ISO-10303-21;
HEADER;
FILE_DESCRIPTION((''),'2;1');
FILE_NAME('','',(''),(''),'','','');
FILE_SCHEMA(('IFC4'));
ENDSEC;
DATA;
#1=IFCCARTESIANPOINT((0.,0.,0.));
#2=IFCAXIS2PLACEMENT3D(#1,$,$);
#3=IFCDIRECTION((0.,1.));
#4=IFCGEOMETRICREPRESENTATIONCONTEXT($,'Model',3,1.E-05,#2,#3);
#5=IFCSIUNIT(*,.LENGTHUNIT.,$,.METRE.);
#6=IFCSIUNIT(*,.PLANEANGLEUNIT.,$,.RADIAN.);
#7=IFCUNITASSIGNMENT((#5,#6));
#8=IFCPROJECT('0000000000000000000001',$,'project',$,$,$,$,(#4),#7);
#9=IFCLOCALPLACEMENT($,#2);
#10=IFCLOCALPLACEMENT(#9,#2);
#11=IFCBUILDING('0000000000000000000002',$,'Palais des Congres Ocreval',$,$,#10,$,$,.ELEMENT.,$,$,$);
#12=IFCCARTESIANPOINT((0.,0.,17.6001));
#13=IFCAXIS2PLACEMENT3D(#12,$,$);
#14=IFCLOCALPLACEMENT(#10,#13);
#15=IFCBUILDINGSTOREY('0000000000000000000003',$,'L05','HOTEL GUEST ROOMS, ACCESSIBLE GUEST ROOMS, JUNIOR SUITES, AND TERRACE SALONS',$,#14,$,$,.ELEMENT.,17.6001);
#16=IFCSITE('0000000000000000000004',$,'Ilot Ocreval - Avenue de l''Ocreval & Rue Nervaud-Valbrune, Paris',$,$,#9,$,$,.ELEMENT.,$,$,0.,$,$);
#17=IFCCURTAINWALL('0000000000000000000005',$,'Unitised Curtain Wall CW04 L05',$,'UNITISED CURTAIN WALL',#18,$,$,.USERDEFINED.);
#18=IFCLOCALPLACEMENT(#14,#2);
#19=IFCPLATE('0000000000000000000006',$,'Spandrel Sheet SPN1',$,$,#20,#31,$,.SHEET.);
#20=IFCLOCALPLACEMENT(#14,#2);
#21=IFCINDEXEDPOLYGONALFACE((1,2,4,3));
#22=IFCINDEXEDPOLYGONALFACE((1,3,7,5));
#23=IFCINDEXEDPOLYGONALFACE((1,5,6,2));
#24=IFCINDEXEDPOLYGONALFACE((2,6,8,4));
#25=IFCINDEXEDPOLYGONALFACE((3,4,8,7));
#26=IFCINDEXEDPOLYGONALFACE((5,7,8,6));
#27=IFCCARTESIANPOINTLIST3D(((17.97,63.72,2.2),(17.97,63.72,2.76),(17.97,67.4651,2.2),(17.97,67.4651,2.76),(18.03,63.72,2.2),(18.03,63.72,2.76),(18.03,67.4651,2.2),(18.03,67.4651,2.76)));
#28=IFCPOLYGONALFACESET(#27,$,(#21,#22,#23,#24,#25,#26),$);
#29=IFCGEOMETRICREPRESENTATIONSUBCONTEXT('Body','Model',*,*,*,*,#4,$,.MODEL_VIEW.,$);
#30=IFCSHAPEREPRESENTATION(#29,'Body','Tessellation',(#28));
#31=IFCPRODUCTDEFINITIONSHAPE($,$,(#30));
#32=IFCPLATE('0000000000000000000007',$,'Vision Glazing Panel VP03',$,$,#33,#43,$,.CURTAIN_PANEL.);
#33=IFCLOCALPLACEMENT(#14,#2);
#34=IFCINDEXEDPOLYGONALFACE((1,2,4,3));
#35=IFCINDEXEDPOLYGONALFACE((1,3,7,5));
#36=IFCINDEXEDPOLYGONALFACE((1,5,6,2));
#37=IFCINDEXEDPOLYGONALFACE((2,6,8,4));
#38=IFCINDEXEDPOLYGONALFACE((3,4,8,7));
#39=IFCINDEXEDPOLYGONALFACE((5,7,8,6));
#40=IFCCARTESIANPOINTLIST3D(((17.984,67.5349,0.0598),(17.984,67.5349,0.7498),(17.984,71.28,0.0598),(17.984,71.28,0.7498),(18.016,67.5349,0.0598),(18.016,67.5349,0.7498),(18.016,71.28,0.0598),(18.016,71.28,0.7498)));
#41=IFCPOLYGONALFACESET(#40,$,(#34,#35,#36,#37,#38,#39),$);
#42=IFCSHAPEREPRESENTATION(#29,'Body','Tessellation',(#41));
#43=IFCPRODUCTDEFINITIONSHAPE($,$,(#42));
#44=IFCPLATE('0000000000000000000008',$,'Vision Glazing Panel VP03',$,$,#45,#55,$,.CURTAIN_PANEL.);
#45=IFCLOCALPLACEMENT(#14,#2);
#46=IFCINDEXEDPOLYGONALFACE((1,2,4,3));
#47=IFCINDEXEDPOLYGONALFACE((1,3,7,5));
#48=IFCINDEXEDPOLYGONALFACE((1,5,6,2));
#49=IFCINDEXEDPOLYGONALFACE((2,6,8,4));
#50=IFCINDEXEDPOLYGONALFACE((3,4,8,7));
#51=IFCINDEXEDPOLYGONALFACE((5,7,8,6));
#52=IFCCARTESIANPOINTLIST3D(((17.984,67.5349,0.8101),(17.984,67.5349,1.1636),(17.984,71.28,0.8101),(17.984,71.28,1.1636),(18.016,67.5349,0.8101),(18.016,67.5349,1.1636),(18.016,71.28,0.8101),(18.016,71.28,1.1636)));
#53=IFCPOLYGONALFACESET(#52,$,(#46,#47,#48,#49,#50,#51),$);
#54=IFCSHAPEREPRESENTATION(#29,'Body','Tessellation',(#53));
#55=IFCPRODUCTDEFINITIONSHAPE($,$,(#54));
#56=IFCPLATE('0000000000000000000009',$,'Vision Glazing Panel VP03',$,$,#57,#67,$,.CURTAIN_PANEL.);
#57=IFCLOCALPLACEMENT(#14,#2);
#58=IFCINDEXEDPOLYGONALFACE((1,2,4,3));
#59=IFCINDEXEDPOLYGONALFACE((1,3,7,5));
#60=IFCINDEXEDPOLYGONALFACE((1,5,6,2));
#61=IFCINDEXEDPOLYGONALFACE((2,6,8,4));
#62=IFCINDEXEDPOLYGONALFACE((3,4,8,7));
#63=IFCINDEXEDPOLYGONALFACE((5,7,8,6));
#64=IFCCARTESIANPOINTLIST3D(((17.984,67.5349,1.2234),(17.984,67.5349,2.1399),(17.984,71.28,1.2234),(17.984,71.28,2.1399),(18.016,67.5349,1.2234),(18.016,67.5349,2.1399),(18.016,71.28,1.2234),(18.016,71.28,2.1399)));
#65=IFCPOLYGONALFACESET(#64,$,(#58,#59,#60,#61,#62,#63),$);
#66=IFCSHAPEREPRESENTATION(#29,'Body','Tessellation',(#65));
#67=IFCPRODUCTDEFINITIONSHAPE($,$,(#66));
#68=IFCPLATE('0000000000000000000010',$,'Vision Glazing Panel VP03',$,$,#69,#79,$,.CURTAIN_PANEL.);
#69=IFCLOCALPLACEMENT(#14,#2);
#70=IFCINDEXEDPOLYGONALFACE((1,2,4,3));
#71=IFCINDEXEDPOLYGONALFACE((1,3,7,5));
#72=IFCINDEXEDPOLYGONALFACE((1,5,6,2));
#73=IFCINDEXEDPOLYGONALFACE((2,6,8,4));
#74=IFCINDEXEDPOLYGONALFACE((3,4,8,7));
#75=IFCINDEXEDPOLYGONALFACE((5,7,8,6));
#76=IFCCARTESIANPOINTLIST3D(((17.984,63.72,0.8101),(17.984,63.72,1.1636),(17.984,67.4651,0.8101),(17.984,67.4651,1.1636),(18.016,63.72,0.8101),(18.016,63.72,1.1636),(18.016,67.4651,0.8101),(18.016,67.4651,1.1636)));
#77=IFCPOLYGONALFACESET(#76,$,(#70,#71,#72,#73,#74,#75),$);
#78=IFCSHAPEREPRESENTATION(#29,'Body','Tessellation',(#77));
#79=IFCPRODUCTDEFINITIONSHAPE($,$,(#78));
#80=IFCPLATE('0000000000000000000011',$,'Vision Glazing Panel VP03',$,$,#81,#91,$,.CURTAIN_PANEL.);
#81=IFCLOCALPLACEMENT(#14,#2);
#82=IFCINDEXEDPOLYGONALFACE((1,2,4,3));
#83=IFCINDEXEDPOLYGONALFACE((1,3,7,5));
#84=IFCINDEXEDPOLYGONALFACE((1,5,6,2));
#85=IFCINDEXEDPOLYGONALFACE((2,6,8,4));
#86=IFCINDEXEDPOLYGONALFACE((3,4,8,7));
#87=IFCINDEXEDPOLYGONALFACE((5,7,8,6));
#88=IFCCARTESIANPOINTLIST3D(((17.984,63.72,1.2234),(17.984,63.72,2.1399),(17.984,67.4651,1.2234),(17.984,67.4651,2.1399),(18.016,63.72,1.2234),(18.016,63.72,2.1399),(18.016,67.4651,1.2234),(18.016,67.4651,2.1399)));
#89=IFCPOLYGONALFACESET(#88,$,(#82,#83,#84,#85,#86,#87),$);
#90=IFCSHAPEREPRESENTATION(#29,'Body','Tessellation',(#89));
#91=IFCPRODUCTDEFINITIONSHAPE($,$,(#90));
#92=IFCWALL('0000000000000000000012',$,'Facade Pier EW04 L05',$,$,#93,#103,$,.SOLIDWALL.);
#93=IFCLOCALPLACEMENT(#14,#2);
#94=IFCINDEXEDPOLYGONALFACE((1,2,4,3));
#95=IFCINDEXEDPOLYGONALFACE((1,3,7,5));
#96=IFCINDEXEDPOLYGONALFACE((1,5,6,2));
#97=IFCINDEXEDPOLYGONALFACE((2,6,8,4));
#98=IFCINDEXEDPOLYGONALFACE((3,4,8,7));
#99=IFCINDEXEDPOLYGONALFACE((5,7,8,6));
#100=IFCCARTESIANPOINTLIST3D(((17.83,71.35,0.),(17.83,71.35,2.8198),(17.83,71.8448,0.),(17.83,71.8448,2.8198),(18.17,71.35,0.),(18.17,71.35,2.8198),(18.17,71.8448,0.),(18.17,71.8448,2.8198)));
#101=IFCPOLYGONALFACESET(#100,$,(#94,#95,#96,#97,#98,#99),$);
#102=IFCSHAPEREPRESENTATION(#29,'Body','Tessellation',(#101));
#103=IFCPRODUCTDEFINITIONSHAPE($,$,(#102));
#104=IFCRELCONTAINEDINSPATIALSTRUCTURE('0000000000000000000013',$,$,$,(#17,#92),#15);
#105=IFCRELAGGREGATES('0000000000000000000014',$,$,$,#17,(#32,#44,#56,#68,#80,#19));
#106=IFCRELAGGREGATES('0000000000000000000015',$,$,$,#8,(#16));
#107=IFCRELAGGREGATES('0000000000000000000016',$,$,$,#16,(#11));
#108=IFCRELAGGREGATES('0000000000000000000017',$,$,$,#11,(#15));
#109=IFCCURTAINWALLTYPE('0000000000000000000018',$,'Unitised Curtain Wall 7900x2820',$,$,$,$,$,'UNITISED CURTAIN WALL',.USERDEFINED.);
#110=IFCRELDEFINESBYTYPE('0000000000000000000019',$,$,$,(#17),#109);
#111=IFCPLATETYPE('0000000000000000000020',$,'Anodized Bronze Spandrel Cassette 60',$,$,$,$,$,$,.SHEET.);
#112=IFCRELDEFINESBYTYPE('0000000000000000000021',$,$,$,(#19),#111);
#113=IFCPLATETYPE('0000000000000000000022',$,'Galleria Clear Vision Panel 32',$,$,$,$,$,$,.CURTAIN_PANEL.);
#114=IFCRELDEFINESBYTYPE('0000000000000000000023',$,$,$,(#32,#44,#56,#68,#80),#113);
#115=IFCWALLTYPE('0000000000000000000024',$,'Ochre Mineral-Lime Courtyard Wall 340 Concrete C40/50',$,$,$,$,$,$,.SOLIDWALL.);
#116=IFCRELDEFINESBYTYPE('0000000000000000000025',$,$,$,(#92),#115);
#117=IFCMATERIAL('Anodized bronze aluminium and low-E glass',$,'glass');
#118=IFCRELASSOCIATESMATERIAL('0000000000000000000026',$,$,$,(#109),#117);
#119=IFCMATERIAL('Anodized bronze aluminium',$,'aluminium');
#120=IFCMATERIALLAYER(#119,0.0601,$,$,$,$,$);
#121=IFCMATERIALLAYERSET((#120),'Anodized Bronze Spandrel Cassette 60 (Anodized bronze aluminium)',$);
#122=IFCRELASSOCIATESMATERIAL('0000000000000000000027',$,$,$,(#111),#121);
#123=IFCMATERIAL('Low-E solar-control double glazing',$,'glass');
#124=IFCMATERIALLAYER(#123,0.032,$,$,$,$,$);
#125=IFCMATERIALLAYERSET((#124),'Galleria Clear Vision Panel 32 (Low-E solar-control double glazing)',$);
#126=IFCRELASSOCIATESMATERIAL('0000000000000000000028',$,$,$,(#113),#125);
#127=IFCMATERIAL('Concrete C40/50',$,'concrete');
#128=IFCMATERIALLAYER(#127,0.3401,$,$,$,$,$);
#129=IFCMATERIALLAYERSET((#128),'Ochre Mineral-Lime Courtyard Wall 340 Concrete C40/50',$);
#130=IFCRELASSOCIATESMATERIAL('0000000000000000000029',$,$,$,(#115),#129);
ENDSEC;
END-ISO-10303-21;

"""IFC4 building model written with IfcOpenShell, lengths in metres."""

from ifc_helpers import new_model, si_unit, direction, frame, frame_2d, origin, origin_2d, place, context, subcontext, project, spatial, rectangle, extrude, material, layer, layer_set, type_object, element, aggregate, save


model = new_model("IFC4")

# Units and contexts
model_context = context("Model", 3, precision=1e-05, world=origin(), true_north=direction((0.0, 1.0)))
body_context = subcontext(model_context, "Body", "Model", "MODEL_VIEW")
ifc_project = project(units=[si_unit("LENGTHUNIT", "METRE"), si_unit("PLANEANGLEUNIT", "RADIAN")], contexts=[model_context])

# Site, building, storey
site_placement = place(None, origin())
site = spatial("IfcSite", under=ifc_project, at=site_placement, Name="Ilot Ocreval - Avenue de l'Ocreval & Rue Nervaud-Valbrune, Paris", CompositionType="ELEMENT", RefElevation=0.0)
building_placement = place(site_placement, origin())
building = spatial("IfcBuilding", under=site, at=building_placement, Name="Palais des Congres Ocreval", CompositionType="ELEMENT")
storey_placement = place(building_placement, frame((0.0, 0.0, 17.6001)))
storey = spatial("IfcBuildingStorey", under=building, at=storey_placement, Name="L05", Description="HOTEL GUEST ROOMS, ACCESSIBLE GUEST ROOMS, JUNIOR SUITES, AND TERRACE SALONS", CompositionType="ELEMENT", Elevation=17.6001)

# Shared definitions
ifc_material_1 = material(Name="Concrete C40/50", Category="concrete")

# Curtain wall, plates
ifc_material_2 = material(Name="Anodized bronze aluminium and low-E glass", Category="glass")
curtain_wall_type = type_object("IfcCurtainWallType", Name="Unitised Curtain Wall 7900x2820", ElementType="UNITISED CURTAIN WALL", PredefinedType="USERDEFINED", material=ifc_material_2)
curtain_wall_placement = place(storey_placement, origin())
curtain_wall = element("IfcCurtainWall", 1, at=curtain_wall_placement, inside=storey, type_object=curtain_wall_type, Name="Unitised Curtain Wall CW04 L05", ObjectType="UNITISED CURTAIN WALL", PredefinedType="USERDEFINED")
ifc_material_3 = material(Name="Anodized bronze aluminium", Category="aluminium")
ifc_layer_1 = layer(ifc_material_3, 0.0601)
ifc_layer_set_1 = layer_set([ifc_layer_1], Name="Anodized Bronze Spandrel Cassette 60 (Anodized bronze aluminium)")
plate_type_1 = type_object("IfcPlateType", Name="Anodized Bronze Spandrel Cassette 60", PredefinedType="SHEET", material=ifc_layer_set_1)
plate_1_placement = place(storey_placement, frame((18.0, 65.5925, 2.2), z_axis=(0.0, 0.0, 1.0), x_axis=(0.0, -1.0, 0.0)))
plate_1 = element("IfcPlate", 2, at=plate_1_placement, type_object=plate_type_1, Name="Spandrel Sheet SPN1", PredefinedType="SHEET", context=body_context, shape_type="SweptSolid", body=[
    extrude(rectangle(XDim=3.7451, YDim=0.0601, at=origin_2d()), origin(), (0.0, 0.0, 1.0), 0.5601),
])
ifc_material_4 = material(Name="Low-E solar-control double glazing", Category="glass")
ifc_layer_2 = layer(ifc_material_4, 0.032)
ifc_layer_set_2 = layer_set([ifc_layer_2], Name="Galleria Clear Vision Panel 32 (Low-E solar-control double glazing)")
plate_type_2 = type_object("IfcPlateType", Name="Galleria Clear Vision Panel 32", PredefinedType="CURTAIN_PANEL", material=ifc_layer_set_2)
plate_2_placement = place(storey_placement, frame((18.0, 69.4075, 0.0598), z_axis=(0.0, 0.0, 1.0), x_axis=(0.0, -1.0, 0.0)))
plate_2 = element("IfcPlate", 3, at=plate_2_placement, type_object=plate_type_2, Name="Vision Glazing Panel VP03", PredefinedType="CURTAIN_PANEL", context=body_context, shape_type="SweptSolid", body=[
    extrude(rectangle(XDim=3.7451, YDim=0.032, at=origin_2d()), origin(), (0.0, 0.0, 1.0), 0.6899),
])
plate_3_placement = place(storey_placement, frame((18.0, 69.4075, 0.8101), z_axis=(0.0, 0.0, 1.0), x_axis=(0.0, -1.0, 0.0)))
plate_3 = element("IfcPlate", 4, at=plate_3_placement, type_object=plate_type_2, Name="Vision Glazing Panel VP03", PredefinedType="CURTAIN_PANEL", context=body_context, shape_type="SweptSolid", body=[
    extrude(rectangle(XDim=3.7451, YDim=0.032, at=origin_2d()), origin(), (0.0, 0.0, 1.0), 0.3535),
])
plate_4_placement = place(storey_placement, frame((18.0, 69.4075, 1.2234), z_axis=(0.0, 0.0, 1.0), x_axis=(0.0, -1.0, 0.0)))
plate_4 = element("IfcPlate", 5, at=plate_4_placement, type_object=plate_type_2, Name="Vision Glazing Panel VP03", PredefinedType="CURTAIN_PANEL", context=body_context, shape_type="SweptSolid", body=[
    extrude(rectangle(XDim=3.7451, YDim=0.032, at=origin_2d()), origin(), (0.0, 0.0, 1.0), 0.9165),
])
plate_5_placement = place(storey_placement, frame((18.0, 65.5925, 0.8101), z_axis=(0.0, 0.0, 1.0), x_axis=(0.0, -1.0, 0.0)))
plate_5 = element("IfcPlate", 6, at=plate_5_placement, type_object=plate_type_2, Name="Vision Glazing Panel VP03", PredefinedType="CURTAIN_PANEL", context=body_context, shape_type="SweptSolid", body=[
    extrude(rectangle(XDim=3.7451, YDim=0.032, at=origin_2d()), origin(), (0.0, 0.0, 1.0), 0.3535),
])
plate_6_placement = place(storey_placement, frame((18.0, 65.5925, 1.2234), z_axis=(0.0, 0.0, 1.0), x_axis=(0.0, -1.0, 0.0)))
plate_6 = element("IfcPlate", 7, at=plate_6_placement, type_object=plate_type_2, Name="Vision Glazing Panel VP03", PredefinedType="CURTAIN_PANEL", context=body_context, shape_type="SweptSolid", body=[
    extrude(rectangle(XDim=3.7451, YDim=0.032, at=origin_2d()), origin(), (0.0, 0.0, 1.0), 0.9165),
])
aggregate(curtain_wall, [plate_2, plate_3, plate_4, plate_5, plate_6, plate_1])

# Wall
ifc_layer_3 = layer(ifc_material_1, 0.3401)
ifc_layer_set_3 = layer_set([ifc_layer_3], Name="Ochre Mineral-Lime Courtyard Wall 340 Concrete C40/50")
wall_type = type_object("IfcWallType", Name="Ochre Mineral-Lime Courtyard Wall 340 Concrete C40/50", PredefinedType="SOLIDWALL", material=ifc_layer_set_3)
wall_placement = place(storey_placement, frame((18.0, 71.845, 0.0), z_axis=(0.0, 0.0, 1.0), x_axis=(0.0, -1.0, 0.0)))
element("IfcWall", 8, at=wall_placement, inside=storey, type_object=wall_type, Name="Facade Pier EW04 L05", PredefinedType="SOLIDWALL", context=body_context, shape_type="SweptSolid", body=[
    extrude(rectangle(XDim=0.4949, YDim=0.3401, at=frame_2d((0.2476, 0.0))), origin(), (0.0, 0.0, 1.0), 2.8198),
])

save(model, "model.ifc")
